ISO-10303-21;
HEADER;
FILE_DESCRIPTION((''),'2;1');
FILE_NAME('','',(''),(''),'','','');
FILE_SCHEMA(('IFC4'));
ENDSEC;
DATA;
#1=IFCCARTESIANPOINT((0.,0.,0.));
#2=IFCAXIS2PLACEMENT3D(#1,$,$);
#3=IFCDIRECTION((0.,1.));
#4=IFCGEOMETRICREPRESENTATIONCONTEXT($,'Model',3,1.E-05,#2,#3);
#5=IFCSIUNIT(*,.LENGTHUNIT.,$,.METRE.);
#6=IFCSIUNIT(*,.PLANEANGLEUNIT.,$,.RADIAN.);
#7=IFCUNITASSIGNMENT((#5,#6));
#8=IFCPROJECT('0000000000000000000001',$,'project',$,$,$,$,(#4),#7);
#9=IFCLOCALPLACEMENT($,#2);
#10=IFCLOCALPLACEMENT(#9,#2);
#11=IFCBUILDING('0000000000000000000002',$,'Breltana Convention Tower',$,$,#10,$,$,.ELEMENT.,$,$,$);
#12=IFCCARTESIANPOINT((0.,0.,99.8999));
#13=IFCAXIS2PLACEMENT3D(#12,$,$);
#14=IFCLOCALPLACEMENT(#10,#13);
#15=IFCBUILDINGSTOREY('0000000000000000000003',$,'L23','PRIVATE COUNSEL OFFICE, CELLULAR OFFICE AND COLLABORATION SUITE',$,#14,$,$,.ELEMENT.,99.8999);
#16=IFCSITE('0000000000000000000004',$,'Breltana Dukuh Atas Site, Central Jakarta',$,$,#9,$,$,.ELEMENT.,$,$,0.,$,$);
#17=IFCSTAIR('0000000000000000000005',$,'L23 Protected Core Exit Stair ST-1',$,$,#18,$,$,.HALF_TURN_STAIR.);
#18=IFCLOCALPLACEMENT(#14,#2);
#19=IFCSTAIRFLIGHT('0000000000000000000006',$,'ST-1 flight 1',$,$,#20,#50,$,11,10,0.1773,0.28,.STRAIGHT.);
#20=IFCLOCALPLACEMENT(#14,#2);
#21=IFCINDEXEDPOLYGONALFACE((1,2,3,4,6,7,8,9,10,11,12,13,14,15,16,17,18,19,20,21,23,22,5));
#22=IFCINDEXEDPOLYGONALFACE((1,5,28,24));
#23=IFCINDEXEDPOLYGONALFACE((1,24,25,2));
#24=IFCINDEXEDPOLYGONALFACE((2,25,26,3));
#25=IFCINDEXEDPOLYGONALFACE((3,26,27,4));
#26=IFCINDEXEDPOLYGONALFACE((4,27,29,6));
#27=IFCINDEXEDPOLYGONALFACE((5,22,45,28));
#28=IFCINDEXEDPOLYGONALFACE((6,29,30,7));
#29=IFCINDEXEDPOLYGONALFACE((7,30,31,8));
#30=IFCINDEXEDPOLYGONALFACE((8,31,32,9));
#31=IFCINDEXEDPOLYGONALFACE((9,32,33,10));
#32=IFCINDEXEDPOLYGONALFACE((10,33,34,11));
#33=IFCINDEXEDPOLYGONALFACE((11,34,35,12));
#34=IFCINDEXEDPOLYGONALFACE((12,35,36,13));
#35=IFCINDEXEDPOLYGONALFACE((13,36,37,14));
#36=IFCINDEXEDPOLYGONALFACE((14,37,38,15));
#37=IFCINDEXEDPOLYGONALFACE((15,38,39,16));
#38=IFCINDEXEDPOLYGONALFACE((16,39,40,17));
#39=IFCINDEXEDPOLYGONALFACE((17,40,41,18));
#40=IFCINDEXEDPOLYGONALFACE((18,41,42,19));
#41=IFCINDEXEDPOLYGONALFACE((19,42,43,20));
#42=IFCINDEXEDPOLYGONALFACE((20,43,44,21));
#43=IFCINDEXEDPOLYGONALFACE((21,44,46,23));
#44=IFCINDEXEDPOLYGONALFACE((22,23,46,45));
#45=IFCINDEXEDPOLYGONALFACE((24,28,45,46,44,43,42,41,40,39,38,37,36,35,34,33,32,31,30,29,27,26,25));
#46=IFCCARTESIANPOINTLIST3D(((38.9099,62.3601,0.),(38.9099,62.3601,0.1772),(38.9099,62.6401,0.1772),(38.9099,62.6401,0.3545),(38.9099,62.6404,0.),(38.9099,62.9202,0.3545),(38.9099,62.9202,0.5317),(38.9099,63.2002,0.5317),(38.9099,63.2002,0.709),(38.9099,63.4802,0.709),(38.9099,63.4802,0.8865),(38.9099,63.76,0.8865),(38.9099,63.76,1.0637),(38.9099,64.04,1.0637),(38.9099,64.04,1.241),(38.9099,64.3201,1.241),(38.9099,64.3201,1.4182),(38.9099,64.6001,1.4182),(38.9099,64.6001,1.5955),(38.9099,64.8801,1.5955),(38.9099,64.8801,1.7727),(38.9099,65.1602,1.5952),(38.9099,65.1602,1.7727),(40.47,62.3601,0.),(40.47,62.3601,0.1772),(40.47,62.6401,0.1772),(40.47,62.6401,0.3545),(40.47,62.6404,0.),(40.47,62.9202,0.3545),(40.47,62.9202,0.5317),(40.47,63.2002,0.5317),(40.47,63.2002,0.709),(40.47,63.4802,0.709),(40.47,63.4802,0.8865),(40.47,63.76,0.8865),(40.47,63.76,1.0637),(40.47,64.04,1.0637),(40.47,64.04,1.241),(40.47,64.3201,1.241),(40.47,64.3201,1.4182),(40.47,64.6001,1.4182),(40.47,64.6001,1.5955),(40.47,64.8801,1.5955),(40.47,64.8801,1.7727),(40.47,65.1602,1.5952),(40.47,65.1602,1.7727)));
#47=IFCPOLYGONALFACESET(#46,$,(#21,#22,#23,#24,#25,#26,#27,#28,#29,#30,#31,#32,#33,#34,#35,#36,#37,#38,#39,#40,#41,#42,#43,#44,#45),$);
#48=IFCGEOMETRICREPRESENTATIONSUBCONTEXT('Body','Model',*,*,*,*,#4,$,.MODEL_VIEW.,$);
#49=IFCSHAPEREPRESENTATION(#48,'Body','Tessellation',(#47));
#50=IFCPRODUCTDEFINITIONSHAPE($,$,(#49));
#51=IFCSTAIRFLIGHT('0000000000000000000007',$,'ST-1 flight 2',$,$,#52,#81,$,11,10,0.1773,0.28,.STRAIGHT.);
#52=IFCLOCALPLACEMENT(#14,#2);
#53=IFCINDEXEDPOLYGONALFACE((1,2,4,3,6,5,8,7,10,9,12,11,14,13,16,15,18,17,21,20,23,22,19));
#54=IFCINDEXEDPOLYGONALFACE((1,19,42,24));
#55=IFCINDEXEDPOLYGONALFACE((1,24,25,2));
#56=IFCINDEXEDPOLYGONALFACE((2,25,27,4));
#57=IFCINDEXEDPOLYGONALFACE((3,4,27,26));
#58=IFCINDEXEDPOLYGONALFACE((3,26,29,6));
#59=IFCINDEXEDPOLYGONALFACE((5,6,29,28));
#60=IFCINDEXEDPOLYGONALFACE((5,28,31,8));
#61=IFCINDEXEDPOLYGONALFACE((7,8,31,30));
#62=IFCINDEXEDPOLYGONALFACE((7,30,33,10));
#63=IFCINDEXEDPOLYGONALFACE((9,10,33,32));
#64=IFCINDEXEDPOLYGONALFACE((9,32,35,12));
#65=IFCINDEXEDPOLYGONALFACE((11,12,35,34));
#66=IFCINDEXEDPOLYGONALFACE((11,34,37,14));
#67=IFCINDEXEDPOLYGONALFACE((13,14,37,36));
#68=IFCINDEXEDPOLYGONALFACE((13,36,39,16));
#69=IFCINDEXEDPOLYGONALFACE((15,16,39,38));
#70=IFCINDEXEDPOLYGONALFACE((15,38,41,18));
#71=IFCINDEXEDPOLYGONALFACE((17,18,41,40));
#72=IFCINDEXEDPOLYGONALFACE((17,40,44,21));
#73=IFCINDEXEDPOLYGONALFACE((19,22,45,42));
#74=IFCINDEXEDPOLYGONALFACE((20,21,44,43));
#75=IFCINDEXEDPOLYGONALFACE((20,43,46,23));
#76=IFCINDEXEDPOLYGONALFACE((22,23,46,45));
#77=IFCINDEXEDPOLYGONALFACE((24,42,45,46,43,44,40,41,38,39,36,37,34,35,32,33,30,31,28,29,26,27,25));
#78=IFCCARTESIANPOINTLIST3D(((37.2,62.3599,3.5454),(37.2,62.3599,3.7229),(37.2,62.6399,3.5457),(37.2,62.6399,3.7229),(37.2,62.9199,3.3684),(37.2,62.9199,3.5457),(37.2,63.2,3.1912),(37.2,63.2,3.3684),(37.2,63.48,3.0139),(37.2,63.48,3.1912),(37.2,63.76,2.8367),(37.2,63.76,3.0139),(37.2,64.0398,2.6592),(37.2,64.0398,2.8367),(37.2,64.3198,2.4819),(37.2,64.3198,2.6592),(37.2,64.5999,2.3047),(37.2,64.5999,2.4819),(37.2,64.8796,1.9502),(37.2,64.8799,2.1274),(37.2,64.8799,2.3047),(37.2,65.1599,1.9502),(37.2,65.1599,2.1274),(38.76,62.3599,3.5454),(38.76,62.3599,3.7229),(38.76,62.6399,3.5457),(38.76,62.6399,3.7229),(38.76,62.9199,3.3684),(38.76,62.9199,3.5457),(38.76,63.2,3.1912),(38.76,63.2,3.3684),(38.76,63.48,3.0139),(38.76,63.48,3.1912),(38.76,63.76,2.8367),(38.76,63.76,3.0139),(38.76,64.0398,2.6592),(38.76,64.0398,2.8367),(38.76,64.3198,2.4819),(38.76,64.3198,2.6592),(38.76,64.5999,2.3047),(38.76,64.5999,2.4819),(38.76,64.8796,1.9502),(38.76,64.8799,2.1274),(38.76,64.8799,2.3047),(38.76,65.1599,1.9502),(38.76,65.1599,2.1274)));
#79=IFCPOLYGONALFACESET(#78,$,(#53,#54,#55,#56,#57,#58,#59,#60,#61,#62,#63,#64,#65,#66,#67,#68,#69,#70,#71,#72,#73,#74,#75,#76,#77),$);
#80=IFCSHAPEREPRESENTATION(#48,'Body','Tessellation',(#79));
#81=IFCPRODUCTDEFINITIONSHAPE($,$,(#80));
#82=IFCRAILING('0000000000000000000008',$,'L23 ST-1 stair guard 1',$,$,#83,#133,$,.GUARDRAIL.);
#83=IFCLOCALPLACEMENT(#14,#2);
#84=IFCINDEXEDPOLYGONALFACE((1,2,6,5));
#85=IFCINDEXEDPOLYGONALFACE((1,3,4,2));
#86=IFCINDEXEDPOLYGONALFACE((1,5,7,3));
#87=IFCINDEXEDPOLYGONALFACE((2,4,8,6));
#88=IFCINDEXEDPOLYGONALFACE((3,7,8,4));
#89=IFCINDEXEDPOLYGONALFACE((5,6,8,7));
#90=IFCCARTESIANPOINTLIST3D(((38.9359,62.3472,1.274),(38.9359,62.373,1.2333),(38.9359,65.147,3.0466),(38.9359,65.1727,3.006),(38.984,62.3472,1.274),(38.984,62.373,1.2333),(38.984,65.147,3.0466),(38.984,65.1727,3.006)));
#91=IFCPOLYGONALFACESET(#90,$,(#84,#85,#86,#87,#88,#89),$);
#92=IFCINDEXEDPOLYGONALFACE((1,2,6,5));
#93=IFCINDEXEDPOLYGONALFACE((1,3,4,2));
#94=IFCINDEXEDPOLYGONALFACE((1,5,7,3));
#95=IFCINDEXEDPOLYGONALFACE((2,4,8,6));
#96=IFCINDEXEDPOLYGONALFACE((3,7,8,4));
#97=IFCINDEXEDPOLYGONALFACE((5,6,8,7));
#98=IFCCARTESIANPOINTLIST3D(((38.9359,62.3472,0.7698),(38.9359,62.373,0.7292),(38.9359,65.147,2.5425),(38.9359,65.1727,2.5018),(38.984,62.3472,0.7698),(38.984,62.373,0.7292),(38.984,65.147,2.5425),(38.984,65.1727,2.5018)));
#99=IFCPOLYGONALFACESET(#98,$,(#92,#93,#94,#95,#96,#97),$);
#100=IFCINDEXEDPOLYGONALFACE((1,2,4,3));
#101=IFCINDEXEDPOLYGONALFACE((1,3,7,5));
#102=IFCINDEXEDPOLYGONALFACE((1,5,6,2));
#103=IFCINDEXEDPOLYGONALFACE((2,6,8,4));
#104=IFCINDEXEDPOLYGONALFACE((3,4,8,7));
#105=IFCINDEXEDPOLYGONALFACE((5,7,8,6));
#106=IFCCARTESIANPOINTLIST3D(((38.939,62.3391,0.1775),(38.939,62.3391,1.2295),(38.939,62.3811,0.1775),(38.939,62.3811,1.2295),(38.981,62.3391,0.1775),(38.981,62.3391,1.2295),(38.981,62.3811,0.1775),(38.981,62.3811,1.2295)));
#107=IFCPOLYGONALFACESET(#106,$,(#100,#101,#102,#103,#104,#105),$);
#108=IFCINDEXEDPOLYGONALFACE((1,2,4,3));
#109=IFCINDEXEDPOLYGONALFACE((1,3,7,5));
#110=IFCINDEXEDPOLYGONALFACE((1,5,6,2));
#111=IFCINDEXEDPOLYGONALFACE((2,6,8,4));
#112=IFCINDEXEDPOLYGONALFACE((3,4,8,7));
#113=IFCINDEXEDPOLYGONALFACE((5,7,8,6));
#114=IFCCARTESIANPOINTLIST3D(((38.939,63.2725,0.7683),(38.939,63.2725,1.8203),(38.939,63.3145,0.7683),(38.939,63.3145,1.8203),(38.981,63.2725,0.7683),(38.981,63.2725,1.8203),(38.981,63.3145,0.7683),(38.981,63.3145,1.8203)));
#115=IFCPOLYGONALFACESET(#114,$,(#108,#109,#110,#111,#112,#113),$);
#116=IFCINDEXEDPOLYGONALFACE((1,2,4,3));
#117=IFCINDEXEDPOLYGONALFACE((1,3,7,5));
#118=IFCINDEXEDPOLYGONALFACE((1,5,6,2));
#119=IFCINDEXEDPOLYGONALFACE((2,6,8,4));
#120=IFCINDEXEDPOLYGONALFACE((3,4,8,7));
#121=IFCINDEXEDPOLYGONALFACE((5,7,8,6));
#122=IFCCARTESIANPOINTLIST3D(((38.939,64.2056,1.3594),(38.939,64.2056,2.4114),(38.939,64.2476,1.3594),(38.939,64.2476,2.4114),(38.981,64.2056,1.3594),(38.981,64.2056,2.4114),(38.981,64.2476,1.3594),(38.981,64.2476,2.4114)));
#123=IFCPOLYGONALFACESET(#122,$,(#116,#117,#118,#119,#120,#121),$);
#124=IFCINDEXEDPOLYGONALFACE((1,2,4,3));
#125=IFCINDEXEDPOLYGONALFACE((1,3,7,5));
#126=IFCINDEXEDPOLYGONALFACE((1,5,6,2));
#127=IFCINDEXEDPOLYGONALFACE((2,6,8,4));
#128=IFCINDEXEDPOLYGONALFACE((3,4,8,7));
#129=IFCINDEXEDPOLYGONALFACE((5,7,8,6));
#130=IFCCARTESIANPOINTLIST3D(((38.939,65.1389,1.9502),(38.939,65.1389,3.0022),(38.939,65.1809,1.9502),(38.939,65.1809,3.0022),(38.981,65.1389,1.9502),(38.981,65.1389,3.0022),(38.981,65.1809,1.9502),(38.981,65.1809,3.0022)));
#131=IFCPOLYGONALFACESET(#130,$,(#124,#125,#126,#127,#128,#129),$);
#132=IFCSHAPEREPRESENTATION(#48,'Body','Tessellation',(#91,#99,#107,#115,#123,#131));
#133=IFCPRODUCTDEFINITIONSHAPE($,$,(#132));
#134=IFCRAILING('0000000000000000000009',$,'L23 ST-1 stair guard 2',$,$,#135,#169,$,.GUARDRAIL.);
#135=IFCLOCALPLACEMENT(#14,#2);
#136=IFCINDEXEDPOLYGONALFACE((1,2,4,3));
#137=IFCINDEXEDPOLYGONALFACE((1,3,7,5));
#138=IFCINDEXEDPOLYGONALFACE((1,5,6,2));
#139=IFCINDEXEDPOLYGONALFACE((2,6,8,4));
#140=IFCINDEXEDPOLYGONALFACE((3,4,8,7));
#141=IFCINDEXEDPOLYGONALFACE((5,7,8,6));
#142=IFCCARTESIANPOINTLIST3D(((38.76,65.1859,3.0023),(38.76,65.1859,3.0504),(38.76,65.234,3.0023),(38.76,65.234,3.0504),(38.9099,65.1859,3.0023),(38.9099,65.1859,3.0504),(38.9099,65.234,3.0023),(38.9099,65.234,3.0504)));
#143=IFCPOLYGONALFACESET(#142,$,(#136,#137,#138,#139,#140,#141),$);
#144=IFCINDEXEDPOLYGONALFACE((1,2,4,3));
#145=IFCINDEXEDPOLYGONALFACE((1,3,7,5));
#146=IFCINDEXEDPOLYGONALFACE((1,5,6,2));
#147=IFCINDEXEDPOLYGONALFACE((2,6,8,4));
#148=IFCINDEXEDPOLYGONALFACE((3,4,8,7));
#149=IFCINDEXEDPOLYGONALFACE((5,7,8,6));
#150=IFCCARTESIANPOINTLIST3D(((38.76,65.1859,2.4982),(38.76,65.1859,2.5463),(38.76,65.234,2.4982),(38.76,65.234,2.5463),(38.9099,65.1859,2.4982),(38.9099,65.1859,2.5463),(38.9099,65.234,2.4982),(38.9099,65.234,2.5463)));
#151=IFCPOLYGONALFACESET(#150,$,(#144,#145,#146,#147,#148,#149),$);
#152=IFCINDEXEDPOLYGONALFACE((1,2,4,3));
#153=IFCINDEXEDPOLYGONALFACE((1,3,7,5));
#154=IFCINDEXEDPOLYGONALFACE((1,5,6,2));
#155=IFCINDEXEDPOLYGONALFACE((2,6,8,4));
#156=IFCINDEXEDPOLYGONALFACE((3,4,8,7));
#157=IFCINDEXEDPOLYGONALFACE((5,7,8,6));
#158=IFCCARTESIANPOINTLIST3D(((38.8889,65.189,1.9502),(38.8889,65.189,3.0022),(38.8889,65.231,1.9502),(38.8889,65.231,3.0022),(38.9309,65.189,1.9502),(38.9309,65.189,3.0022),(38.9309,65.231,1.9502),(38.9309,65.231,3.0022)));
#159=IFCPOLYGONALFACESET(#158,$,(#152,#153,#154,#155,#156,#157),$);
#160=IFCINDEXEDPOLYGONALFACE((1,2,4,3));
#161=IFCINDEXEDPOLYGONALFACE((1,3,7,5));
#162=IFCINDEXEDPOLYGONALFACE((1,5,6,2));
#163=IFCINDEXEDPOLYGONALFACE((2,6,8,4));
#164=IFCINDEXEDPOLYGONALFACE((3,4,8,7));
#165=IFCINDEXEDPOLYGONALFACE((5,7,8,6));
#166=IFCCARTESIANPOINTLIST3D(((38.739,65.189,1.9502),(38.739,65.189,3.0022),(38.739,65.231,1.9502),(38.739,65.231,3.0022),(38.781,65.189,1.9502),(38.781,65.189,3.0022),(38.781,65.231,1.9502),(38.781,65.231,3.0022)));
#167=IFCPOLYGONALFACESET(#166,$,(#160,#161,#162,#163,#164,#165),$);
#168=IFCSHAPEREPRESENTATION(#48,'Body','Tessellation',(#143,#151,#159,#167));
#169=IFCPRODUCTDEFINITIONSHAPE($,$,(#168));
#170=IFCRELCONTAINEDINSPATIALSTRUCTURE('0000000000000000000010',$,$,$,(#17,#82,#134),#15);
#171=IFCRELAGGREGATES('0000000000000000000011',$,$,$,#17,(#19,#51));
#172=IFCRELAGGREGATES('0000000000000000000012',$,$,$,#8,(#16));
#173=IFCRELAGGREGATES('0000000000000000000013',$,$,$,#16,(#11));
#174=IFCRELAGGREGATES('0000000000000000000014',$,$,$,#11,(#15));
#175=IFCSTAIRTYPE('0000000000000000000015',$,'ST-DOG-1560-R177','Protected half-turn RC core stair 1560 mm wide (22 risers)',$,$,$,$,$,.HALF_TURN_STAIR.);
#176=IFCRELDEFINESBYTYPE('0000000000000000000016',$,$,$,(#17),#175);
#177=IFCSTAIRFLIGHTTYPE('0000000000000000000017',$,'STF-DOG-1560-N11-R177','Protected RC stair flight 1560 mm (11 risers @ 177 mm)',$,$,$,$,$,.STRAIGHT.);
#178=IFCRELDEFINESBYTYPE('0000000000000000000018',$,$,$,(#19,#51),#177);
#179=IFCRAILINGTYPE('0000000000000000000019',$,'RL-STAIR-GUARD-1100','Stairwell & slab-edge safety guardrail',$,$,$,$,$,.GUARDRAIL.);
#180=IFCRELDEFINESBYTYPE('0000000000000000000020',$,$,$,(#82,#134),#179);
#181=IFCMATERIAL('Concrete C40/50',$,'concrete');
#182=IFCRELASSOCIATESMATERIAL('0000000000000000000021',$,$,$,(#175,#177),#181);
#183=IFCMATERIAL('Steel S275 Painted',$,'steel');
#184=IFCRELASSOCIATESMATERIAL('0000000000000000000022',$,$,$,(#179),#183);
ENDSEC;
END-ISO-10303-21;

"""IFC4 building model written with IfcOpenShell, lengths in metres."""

from ifc_helpers import new_model, si_unit, direction, frame, origin, origin_2d, place, context, subcontext, project, spatial, polyline, rectangle, outline, extrude, material, type_object, element, aggregate, save


model = new_model("IFC4")

# Units and contexts
model_context = context("Model", 3, precision=1e-05, world=origin(), true_north=direction((0.0, 1.0)))
body_context = subcontext(model_context, "Body", "Model", "MODEL_VIEW")
ifc_project = project(units=[si_unit("LENGTHUNIT", "METRE"), si_unit("PLANEANGLEUNIT", "RADIAN")], contexts=[model_context])

# Site, building, storey
site_placement = place(None, origin())
site = spatial("IfcSite", under=ifc_project, at=site_placement, Name="Breltana Dukuh Atas Site, Central Jakarta", CompositionType="ELEMENT", RefElevation=0.0)
building_placement = place(site_placement, origin())
building = spatial("IfcBuilding", under=site, at=building_placement, Name="Breltana Convention Tower", CompositionType="ELEMENT")
storey_placement = place(building_placement, frame((0.0, 0.0, 99.8999)))
storey = spatial("IfcBuildingStorey", under=building, at=storey_placement, Name="L23", Description="PRIVATE COUNSEL OFFICE, CELLULAR OFFICE AND COLLABORATION SUITE", CompositionType="ELEMENT", Elevation=99.8999)

# Stair, stair flights
ifc_material_1 = material(Name="Concrete C40/50", Category="concrete")
stair_type = type_object("IfcStairType", Name="ST-DOG-1560-R177", Description="Protected half-turn RC core stair 1560 mm wide (22 risers)", PredefinedType="HALF_TURN_STAIR", material=ifc_material_1)
stair_placement = place(storey_placement, origin())
stair = element("IfcStair", 1, at=stair_placement, inside=storey, type_object=stair_type, Name="L23 Protected Core Exit Stair ST-1", PredefinedType="HALF_TURN_STAIR")
stair_flight_type = type_object("IfcStairFlightType", Name="STF-DOG-1560-N11-R177", Description="Protected RC stair flight 1560 mm (11 risers @ 177 mm)", PredefinedType="STRAIGHT", material=ifc_material_1)
stair_flight_1_placement = place(storey_placement, frame((39.6899, 62.3601, 0.0), z_axis=(0.0, 0.0, 1.0), x_axis=(0.0, 1.0, 0.0)))
stair_flight_1 = element("IfcStairFlight", 2, at=stair_flight_1_placement, type_object=stair_flight_type, Name="ST-1 flight 1", NumberOfRisers=11, NumberOfTreads=10, PredefinedType="STRAIGHT", RiserHeight=0.1773, TreadLength=0.28, context=body_context, shape_type="SweptSolid", body=[
    extrude(outline(polyline([(0.0, 0.0), (0.0, 0.1772), (0.28, 0.1772), (0.28, 0.3545), (0.5601, 0.3545), (0.5601, 0.5317), (0.8401, 0.5317), (0.8401, 0.709), (1.1201, 0.709), (1.1201, 0.8865), (1.3999, 0.8865), (1.3999, 1.0637), (1.6799, 1.0637), (1.6799, 1.241), (1.96, 1.241), (1.96, 1.4182), (2.24, 1.4182), (2.24, 1.5955), (2.52, 1.5955), (2.52, 1.7727), (2.8, 1.7727), (2.8, 1.95), (2.8, 1.5952), (0.2803, 0.0), (0.0, 0.0)])), frame((0.0, 0.78, 0.0), z_axis=(0.0, -1.0, 0.0), x_axis=(1.0, 0.0, 0.0)), (0.0, 0.0, 1.0), 1.5601),
])
stair_flight_2_placement = place(storey_placement, frame((37.98, 65.1599, 1.9502), z_axis=(0.0, 0.0, 1.0), x_axis=(0.0, -1.0, 0.0)))
stair_flight_2 = element("IfcStairFlight", 3, at=stair_flight_2_placement, type_object=stair_flight_type, Name="ST-1 flight 2", NumberOfRisers=11, NumberOfTreads=10, PredefinedType="STRAIGHT", RiserHeight=0.1773, TreadLength=0.28, context=body_context, shape_type="SweptSolid", body=[
    extrude(outline(polyline([(0.0, 0.0), (0.0, 0.1772), (0.28, 0.1772), (0.28, 0.3545), (0.5601, 0.3545), (0.5601, 0.5317), (0.8401, 0.5317), (0.8401, 0.709), (1.1201, 0.709), (1.1201, 0.8865), (1.3999, 0.8865), (1.3999, 1.0637), (1.6799, 1.0637), (1.6799, 1.241), (1.96, 1.241), (1.96, 1.4182), (2.24, 1.4182), (2.24, 1.5955), (2.52, 1.5955), (2.52, 1.7727), (2.8, 1.7727), (2.8, 1.95), (2.8, 1.5952), (0.2803, 0.0), (0.0, 0.0)])), frame((0.0, 0.78, 0.0), z_axis=(0.0, -1.0, 0.0), x_axis=(1.0, 0.0, 0.0)), (0.0, 0.0, 1.0), 1.5601),
])
aggregate(stair, [stair_flight_1, stair_flight_2])

# Railings
ifc_material_2 = material(Name="Steel S275 Painted", Category="steel")
railing_type_1 = type_object("IfcRailingType", Name="RL-STAIR-GUARD-1100", Description="Stairwell & slab-edge safety guardrail", PredefinedType="GUARDRAIL", material=ifc_material_2)
railing_1_placement = place(storey_placement, frame((38.96, 62.3601, 0.1775)))
element("IfcRailing", 4, at=railing_1_placement, inside=storey, type_object=railing_type_1, Name="L23 ST-1 stair guard 1", PredefinedType="GUARDRAIL", context=body_context, shape_type="SweptSolid", body=[
    extrude(rectangle(XDim=0.0481, YDim=0.0481, at=origin_2d()), frame((0.0, 0.0, 1.0762), z_axis=(0.0, 0.844888, 0.534943), x_axis=(-1.0, 0.0, 0.0)), (0.0, 0.0, 1.0), 3.3137),
    extrude(rectangle(XDim=0.0481, YDim=0.0481, at=origin_2d()), frame((0.0, 0.0, 0.572), z_axis=(0.0, 0.844888, 0.534943), x_axis=(-1.0, 0.0, 0.0)), (0.0, 0.0, 1.0), 3.3137),
    extrude(rectangle(XDim=0.042, YDim=0.042, at=origin_2d()), origin(), (0.0, 0.0, 1.0), 1.052),
    extrude(rectangle(XDim=0.042, YDim=0.042, at=origin_2d()), frame((0.0, 0.9333, 0.5908)), (0.0, 0.0, 1.0), 1.052),
    extrude(rectangle(XDim=0.042, YDim=0.042, at=origin_2d()), frame((0.0, 1.8665, 1.1819)), (0.0, 0.0, 1.0), 1.052),
    extrude(rectangle(XDim=0.042, YDim=0.042, at=origin_2d()), frame((0.0, 2.7998, 1.7727)), (0.0, 0.0, 1.0), 1.052),
])
railing_2_placement = place(storey_placement, frame((38.9099, 65.21, 1.9502)))
element("IfcRailing", 5, at=railing_2_placement, inside=storey, type_object=railing_type_1, Name="L23 ST-1 stair guard 2", PredefinedType="GUARDRAIL", context=body_context, shape_type="SweptSolid", body=[
    extrude(rectangle(XDim=0.0481, YDim=0.0481, at=origin_2d()), frame((0.0, 0.0, 1.0762), z_axis=(-1.0, 0.0, 0.0), x_axis=(0.0, -1.0, 0.0)), (0.0, 0.0, 1.0), 0.1499),
    extrude(rectangle(XDim=0.0481, YDim=0.0481, at=origin_2d()), frame((0.0, 0.0, 0.572), z_axis=(-1.0, 0.0, 0.0), x_axis=(0.0, -1.0, 0.0)), (0.0, 0.0, 1.0), 0.1499),
    extrude(rectangle(XDim=0.042, YDim=0.042, at=origin_2d()), origin(), (0.0, 0.0, 1.0), 1.052),
    extrude(rectangle(XDim=0.042, YDim=0.042, at=origin_2d()), frame((-0.1499, 0.0, 0.0)), (0.0, 0.0, 1.0), 1.052),
])

save(model, "model.ifc")
